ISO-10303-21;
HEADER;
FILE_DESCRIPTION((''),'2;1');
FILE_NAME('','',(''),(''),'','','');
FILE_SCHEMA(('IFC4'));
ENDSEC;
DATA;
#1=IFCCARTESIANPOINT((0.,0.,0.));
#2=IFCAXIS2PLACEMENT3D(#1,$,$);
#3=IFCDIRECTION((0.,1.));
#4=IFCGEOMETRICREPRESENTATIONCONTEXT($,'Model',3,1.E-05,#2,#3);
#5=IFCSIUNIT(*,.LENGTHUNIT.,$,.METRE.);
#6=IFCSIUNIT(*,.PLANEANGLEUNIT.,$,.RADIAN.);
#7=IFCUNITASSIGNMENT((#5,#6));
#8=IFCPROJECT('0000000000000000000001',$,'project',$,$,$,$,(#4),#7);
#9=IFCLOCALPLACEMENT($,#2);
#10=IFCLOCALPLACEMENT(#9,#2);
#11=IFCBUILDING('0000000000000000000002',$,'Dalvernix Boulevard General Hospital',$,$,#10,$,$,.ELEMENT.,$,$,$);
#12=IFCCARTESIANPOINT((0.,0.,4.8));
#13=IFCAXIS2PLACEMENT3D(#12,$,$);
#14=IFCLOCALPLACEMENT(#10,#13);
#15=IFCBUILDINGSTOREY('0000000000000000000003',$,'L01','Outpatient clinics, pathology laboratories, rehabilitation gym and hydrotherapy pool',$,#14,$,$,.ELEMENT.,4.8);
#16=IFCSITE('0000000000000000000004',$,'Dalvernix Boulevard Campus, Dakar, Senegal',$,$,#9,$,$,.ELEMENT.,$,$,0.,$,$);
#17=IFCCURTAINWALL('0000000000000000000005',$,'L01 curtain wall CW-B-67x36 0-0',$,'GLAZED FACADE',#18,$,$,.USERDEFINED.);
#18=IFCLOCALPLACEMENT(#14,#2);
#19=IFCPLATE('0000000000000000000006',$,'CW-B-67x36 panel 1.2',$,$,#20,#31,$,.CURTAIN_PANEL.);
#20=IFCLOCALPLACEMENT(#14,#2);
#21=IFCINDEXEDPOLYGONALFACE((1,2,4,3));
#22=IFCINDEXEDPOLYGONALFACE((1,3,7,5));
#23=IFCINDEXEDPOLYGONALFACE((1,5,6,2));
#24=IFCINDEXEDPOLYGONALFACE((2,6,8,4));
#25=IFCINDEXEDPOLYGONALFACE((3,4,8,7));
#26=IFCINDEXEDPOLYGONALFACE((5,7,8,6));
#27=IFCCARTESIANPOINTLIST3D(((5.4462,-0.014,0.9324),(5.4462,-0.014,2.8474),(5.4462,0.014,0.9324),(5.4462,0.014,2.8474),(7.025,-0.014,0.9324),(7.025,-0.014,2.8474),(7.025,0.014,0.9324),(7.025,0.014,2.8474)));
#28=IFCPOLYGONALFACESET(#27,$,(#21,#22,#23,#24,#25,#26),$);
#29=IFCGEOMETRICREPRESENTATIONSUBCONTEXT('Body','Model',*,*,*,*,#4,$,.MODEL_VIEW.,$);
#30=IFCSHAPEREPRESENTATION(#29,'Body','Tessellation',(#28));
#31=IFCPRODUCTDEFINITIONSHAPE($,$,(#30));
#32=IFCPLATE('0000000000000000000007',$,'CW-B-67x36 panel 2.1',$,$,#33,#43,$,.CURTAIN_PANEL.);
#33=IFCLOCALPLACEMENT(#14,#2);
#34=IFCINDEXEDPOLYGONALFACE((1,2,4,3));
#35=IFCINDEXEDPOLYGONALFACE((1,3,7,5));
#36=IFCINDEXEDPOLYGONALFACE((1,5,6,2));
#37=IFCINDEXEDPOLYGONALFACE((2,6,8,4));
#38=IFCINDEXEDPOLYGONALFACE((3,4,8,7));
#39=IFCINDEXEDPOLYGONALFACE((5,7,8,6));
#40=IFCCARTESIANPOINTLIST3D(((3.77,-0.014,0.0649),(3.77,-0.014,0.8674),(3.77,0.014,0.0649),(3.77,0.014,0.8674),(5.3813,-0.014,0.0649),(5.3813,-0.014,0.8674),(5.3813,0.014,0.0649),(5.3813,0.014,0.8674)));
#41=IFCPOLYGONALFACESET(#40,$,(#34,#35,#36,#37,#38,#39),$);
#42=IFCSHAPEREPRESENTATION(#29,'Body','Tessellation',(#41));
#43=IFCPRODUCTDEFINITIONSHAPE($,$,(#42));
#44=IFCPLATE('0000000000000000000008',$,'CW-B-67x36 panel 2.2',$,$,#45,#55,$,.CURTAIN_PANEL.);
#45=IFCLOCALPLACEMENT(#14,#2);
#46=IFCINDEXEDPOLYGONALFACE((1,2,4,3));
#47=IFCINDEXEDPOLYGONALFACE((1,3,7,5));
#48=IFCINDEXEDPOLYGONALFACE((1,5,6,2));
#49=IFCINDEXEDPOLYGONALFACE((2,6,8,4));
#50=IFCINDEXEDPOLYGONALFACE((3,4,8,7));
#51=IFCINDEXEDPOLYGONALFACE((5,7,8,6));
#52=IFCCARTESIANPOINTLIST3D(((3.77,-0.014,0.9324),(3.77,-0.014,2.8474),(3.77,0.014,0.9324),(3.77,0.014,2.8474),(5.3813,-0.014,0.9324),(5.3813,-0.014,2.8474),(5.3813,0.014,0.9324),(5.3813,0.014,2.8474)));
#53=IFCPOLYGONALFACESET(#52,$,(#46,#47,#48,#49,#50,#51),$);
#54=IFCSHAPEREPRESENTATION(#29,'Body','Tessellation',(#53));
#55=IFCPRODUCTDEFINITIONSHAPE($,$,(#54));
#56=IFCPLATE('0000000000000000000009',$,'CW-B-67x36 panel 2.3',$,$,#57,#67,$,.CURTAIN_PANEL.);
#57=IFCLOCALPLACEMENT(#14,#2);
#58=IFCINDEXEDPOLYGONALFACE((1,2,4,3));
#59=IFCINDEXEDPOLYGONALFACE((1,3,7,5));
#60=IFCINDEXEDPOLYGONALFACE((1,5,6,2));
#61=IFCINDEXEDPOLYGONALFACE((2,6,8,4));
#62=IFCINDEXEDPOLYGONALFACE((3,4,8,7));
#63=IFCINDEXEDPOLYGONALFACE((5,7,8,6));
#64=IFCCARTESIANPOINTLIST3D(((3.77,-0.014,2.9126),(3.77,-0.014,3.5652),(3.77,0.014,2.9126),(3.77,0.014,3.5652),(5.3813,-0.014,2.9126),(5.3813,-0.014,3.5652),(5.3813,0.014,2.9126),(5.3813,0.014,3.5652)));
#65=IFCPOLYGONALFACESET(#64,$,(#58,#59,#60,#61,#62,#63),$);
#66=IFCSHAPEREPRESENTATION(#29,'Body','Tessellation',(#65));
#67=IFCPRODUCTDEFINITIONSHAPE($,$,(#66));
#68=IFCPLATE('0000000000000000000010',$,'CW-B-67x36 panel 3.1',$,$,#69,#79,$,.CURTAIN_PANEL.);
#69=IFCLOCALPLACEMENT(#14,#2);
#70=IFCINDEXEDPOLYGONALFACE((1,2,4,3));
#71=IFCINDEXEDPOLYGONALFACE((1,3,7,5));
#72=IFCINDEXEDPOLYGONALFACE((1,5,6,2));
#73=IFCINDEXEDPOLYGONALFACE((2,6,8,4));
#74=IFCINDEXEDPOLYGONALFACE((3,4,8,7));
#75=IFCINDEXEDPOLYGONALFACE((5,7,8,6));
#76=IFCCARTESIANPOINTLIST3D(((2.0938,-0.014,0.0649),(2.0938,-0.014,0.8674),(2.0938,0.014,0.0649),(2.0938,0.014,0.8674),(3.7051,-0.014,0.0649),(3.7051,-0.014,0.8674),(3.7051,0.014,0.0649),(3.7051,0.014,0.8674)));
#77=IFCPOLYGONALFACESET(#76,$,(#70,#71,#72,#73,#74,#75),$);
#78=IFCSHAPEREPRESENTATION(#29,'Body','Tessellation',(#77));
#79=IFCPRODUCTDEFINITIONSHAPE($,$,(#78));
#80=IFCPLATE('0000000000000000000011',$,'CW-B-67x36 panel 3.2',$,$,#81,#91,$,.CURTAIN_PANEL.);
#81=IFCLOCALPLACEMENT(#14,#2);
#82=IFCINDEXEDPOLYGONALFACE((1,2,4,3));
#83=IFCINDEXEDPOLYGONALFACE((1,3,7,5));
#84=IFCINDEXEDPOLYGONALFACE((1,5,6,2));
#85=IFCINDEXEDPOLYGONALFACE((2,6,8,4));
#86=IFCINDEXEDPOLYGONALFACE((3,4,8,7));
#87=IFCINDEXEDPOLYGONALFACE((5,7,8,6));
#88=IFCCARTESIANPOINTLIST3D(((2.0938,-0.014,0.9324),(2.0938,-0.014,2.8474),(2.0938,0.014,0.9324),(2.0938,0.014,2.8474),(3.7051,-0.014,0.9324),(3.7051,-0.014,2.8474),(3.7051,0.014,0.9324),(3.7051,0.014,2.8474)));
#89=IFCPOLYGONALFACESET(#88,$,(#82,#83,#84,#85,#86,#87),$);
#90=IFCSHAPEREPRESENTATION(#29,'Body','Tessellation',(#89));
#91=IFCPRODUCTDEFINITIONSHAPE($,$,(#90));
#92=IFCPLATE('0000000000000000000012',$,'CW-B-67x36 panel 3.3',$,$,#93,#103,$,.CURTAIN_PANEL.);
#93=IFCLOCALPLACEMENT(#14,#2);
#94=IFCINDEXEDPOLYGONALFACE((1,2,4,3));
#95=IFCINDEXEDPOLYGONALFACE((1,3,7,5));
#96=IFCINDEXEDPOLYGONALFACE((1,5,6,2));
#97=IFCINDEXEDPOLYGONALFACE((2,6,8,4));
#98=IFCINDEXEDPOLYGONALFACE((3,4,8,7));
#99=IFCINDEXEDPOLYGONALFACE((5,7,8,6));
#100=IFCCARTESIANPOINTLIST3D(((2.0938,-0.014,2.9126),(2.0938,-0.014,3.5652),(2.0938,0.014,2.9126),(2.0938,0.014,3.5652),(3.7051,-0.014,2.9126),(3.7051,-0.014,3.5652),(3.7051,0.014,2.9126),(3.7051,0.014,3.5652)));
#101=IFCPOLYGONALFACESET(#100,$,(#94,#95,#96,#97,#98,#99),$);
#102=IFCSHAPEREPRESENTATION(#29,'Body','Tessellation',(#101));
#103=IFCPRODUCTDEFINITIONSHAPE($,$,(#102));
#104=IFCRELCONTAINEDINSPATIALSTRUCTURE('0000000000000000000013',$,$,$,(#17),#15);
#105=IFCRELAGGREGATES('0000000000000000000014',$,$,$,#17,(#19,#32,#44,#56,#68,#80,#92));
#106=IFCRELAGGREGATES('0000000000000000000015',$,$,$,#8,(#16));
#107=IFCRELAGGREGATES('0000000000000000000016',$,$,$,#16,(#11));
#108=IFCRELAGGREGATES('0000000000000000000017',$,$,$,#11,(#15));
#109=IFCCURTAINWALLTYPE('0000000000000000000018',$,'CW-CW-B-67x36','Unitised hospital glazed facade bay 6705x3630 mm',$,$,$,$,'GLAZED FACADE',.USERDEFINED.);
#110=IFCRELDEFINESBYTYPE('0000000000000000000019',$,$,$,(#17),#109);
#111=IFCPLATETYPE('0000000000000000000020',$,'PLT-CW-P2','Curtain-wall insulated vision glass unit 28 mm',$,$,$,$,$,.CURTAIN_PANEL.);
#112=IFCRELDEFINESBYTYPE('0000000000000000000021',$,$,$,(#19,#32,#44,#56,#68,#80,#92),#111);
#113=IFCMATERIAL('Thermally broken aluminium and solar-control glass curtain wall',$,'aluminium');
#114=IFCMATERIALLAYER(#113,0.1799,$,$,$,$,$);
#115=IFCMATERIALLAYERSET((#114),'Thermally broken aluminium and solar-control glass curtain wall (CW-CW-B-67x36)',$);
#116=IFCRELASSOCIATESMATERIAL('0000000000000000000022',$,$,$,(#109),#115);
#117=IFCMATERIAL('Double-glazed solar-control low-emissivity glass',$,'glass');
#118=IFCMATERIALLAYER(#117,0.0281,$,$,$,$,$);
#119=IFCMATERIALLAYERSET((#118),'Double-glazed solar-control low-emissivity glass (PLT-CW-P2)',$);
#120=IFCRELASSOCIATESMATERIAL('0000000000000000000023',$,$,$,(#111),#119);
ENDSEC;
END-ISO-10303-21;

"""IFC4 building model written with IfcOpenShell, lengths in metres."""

from ifc_helpers import new_model, si_unit, direction, frame, origin, origin_2d, place, context, subcontext, project, spatial, rectangle, extrude, material, layer, layer_set, type_object, element, aggregate, save


model = new_model("IFC4")

# Units and contexts
model_context = context("Model", 3, precision=1e-05, world=origin(), true_north=direction((0.0, 1.0)))
body_context = subcontext(model_context, "Body", "Model", "MODEL_VIEW")
ifc_project = project(units=[si_unit("LENGTHUNIT", "METRE"), si_unit("PLANEANGLEUNIT", "RADIAN")], contexts=[model_context])

# Site, building, storey
site_placement = place(None, origin())
site = spatial("IfcSite", under=ifc_project, at=site_placement, Name="Dalvernix Boulevard Campus, Dakar, Senegal", CompositionType="ELEMENT", RefElevation=0.0)
building_placement = place(site_placement, origin())
building = spatial("IfcBuilding", under=site, at=building_placement, Name="Dalvernix Boulevard General Hospital", CompositionType="ELEMENT")
storey_placement = place(building_placement, frame((0.0, 0.0, 4.8)))
storey = spatial("IfcBuildingStorey", under=building, at=storey_placement, Name="L01", Description="Outpatient clinics, pathology laboratories, rehabilitation gym and hydrotherapy pool", CompositionType="ELEMENT", Elevation=4.8)

# Curtain wall, plates
ifc_material_1 = material(Name="Thermally broken aluminium and solar-control glass curtain wall", Category="aluminium")
ifc_layer_1 = layer(ifc_material_1, 0.1799)
ifc_layer_set_1 = layer_set([ifc_layer_1], Name="Thermally broken aluminium and solar-control glass curtain wall (CW-CW-B-67x36)")
curtain_wall_type = type_object("IfcCurtainWallType", Name="CW-CW-B-67x36", Description="Unitised hospital glazed facade bay 6705x3630 mm", ElementType="GLAZED FACADE", PredefinedType="USERDEFINED", material=ifc_layer_set_1)
curtain_wall_placement = place(storey_placement, origin())
curtain_wall = element("IfcCurtainWall", 1, at=curtain_wall_placement, inside=storey, type_object=curtain_wall_type, Name="L01 curtain wall CW-B-67x36 0-0", ObjectType="GLAZED FACADE", PredefinedType="USERDEFINED")
ifc_material_2 = material(Name="Double-glazed solar-control low-emissivity glass", Category="glass")
ifc_layer_2 = layer(ifc_material_2, 0.0281)
ifc_layer_set_2 = layer_set([ifc_layer_2], Name="Double-glazed solar-control low-emissivity glass (PLT-CW-P2)")
plate_type = type_object("IfcPlateType", Name="PLT-CW-P2", Description="Curtain-wall insulated vision glass unit 28 mm", PredefinedType="CURTAIN_PANEL", material=ifc_layer_set_2)
plate_1_placement = place(storey_placement, frame((6.2356, 0.0, 0.9324), z_axis=(0.0, 0.0, 1.0), x_axis=(-1.0, 0.0, 0.0)))
plate_1 = element("IfcPlate", 2, at=plate_1_placement, type_object=plate_type, Name="CW-B-67x36 panel 1.2", PredefinedType="CURTAIN_PANEL", context=body_context, shape_type="SweptSolid", body=[
    extrude(rectangle(XDim=1.5789, YDim=0.0281, at=origin_2d()), origin(), (0.0, 0.0, 1.0), 1.915),
])
plate_2_placement = place(storey_placement, frame((4.5757, 0.0, 0.0649), z_axis=(0.0, 0.0, 1.0), x_axis=(-1.0, 0.0, 0.0)))
plate_2 = element("IfcPlate", 3, at=plate_2_placement, type_object=plate_type, Name="CW-B-67x36 panel 2.1", PredefinedType="CURTAIN_PANEL", context=body_context, shape_type="SweptSolid", body=[
    extrude(rectangle(XDim=1.6113, YDim=0.0281, at=origin_2d()), origin(), (0.0, 0.0, 1.0), 0.8025),
])
plate_3_placement = place(storey_placement, frame((4.5757, 0.0, 0.9324), z_axis=(0.0, 0.0, 1.0), x_axis=(-1.0, 0.0, 0.0)))
plate_3 = element("IfcPlate", 4, at=plate_3_placement, type_object=plate_type, Name="CW-B-67x36 panel 2.2", PredefinedType="CURTAIN_PANEL", context=body_context, shape_type="SweptSolid", body=[
    extrude(rectangle(XDim=1.6113, YDim=0.0281, at=origin_2d()), origin(), (0.0, 0.0, 1.0), 1.915),
])
plate_4_placement = place(storey_placement, frame((4.5757, 0.0, 2.9126), z_axis=(0.0, 0.0, 1.0), x_axis=(-1.0, 0.0, 0.0)))
plate_4 = element("IfcPlate", 5, at=plate_4_placement, type_object=plate_type, Name="CW-B-67x36 panel 2.3", PredefinedType="CURTAIN_PANEL", context=body_context, shape_type="SweptSolid", body=[
    extrude(rectangle(XDim=1.6113, YDim=0.0281, at=origin_2d()), origin(), (0.0, 0.0, 1.0), 0.6526),
])
plate_5_placement = place(storey_placement, frame((2.8994, 0.0, 0.0649), z_axis=(0.0, 0.0, 1.0), x_axis=(-1.0, 0.0, 0.0)))
plate_5 = element("IfcPlate", 6, at=plate_5_placement, type_object=plate_type, Name="CW-B-67x36 panel 3.1", PredefinedType="CURTAIN_PANEL", context=body_context, shape_type="SweptSolid", body=[
    extrude(rectangle(XDim=1.6113, YDim=0.0281, at=origin_2d()), origin(), (0.0, 0.0, 1.0), 0.8025),
])
plate_6_placement = place(storey_placement, frame((2.8994, 0.0, 0.9324), z_axis=(0.0, 0.0, 1.0), x_axis=(-1.0, 0.0, 0.0)))
plate_6 = element("IfcPlate", 7, at=plate_6_placement, type_object=plate_type, Name="CW-B-67x36 panel 3.2", PredefinedType="CURTAIN_PANEL", context=body_context, shape_type="SweptSolid", body=[
    extrude(rectangle(XDim=1.6113, YDim=0.0281, at=origin_2d()), origin(), (0.0, 0.0, 1.0), 1.915),
])
plate_7_placement = place(storey_placement, frame((2.8994, 0.0, 2.9126), z_axis=(0.0, 0.0, 1.0), x_axis=(-1.0, 0.0, 0.0)))
plate_7 = element("IfcPlate", 8, at=plate_7_placement, type_object=plate_type, Name="CW-B-67x36 panel 3.3", PredefinedType="CURTAIN_PANEL", context=body_context, shape_type="SweptSolid", body=[
    extrude(rectangle(XDim=1.6113, YDim=0.0281, at=origin_2d()), origin(), (0.0, 0.0, 1.0), 0.6526),
])
aggregate(curtain_wall, [plate_1, plate_2, plate_3, plate_4, plate_5, plate_6, plate_7])

save(model, "model.ifc")
